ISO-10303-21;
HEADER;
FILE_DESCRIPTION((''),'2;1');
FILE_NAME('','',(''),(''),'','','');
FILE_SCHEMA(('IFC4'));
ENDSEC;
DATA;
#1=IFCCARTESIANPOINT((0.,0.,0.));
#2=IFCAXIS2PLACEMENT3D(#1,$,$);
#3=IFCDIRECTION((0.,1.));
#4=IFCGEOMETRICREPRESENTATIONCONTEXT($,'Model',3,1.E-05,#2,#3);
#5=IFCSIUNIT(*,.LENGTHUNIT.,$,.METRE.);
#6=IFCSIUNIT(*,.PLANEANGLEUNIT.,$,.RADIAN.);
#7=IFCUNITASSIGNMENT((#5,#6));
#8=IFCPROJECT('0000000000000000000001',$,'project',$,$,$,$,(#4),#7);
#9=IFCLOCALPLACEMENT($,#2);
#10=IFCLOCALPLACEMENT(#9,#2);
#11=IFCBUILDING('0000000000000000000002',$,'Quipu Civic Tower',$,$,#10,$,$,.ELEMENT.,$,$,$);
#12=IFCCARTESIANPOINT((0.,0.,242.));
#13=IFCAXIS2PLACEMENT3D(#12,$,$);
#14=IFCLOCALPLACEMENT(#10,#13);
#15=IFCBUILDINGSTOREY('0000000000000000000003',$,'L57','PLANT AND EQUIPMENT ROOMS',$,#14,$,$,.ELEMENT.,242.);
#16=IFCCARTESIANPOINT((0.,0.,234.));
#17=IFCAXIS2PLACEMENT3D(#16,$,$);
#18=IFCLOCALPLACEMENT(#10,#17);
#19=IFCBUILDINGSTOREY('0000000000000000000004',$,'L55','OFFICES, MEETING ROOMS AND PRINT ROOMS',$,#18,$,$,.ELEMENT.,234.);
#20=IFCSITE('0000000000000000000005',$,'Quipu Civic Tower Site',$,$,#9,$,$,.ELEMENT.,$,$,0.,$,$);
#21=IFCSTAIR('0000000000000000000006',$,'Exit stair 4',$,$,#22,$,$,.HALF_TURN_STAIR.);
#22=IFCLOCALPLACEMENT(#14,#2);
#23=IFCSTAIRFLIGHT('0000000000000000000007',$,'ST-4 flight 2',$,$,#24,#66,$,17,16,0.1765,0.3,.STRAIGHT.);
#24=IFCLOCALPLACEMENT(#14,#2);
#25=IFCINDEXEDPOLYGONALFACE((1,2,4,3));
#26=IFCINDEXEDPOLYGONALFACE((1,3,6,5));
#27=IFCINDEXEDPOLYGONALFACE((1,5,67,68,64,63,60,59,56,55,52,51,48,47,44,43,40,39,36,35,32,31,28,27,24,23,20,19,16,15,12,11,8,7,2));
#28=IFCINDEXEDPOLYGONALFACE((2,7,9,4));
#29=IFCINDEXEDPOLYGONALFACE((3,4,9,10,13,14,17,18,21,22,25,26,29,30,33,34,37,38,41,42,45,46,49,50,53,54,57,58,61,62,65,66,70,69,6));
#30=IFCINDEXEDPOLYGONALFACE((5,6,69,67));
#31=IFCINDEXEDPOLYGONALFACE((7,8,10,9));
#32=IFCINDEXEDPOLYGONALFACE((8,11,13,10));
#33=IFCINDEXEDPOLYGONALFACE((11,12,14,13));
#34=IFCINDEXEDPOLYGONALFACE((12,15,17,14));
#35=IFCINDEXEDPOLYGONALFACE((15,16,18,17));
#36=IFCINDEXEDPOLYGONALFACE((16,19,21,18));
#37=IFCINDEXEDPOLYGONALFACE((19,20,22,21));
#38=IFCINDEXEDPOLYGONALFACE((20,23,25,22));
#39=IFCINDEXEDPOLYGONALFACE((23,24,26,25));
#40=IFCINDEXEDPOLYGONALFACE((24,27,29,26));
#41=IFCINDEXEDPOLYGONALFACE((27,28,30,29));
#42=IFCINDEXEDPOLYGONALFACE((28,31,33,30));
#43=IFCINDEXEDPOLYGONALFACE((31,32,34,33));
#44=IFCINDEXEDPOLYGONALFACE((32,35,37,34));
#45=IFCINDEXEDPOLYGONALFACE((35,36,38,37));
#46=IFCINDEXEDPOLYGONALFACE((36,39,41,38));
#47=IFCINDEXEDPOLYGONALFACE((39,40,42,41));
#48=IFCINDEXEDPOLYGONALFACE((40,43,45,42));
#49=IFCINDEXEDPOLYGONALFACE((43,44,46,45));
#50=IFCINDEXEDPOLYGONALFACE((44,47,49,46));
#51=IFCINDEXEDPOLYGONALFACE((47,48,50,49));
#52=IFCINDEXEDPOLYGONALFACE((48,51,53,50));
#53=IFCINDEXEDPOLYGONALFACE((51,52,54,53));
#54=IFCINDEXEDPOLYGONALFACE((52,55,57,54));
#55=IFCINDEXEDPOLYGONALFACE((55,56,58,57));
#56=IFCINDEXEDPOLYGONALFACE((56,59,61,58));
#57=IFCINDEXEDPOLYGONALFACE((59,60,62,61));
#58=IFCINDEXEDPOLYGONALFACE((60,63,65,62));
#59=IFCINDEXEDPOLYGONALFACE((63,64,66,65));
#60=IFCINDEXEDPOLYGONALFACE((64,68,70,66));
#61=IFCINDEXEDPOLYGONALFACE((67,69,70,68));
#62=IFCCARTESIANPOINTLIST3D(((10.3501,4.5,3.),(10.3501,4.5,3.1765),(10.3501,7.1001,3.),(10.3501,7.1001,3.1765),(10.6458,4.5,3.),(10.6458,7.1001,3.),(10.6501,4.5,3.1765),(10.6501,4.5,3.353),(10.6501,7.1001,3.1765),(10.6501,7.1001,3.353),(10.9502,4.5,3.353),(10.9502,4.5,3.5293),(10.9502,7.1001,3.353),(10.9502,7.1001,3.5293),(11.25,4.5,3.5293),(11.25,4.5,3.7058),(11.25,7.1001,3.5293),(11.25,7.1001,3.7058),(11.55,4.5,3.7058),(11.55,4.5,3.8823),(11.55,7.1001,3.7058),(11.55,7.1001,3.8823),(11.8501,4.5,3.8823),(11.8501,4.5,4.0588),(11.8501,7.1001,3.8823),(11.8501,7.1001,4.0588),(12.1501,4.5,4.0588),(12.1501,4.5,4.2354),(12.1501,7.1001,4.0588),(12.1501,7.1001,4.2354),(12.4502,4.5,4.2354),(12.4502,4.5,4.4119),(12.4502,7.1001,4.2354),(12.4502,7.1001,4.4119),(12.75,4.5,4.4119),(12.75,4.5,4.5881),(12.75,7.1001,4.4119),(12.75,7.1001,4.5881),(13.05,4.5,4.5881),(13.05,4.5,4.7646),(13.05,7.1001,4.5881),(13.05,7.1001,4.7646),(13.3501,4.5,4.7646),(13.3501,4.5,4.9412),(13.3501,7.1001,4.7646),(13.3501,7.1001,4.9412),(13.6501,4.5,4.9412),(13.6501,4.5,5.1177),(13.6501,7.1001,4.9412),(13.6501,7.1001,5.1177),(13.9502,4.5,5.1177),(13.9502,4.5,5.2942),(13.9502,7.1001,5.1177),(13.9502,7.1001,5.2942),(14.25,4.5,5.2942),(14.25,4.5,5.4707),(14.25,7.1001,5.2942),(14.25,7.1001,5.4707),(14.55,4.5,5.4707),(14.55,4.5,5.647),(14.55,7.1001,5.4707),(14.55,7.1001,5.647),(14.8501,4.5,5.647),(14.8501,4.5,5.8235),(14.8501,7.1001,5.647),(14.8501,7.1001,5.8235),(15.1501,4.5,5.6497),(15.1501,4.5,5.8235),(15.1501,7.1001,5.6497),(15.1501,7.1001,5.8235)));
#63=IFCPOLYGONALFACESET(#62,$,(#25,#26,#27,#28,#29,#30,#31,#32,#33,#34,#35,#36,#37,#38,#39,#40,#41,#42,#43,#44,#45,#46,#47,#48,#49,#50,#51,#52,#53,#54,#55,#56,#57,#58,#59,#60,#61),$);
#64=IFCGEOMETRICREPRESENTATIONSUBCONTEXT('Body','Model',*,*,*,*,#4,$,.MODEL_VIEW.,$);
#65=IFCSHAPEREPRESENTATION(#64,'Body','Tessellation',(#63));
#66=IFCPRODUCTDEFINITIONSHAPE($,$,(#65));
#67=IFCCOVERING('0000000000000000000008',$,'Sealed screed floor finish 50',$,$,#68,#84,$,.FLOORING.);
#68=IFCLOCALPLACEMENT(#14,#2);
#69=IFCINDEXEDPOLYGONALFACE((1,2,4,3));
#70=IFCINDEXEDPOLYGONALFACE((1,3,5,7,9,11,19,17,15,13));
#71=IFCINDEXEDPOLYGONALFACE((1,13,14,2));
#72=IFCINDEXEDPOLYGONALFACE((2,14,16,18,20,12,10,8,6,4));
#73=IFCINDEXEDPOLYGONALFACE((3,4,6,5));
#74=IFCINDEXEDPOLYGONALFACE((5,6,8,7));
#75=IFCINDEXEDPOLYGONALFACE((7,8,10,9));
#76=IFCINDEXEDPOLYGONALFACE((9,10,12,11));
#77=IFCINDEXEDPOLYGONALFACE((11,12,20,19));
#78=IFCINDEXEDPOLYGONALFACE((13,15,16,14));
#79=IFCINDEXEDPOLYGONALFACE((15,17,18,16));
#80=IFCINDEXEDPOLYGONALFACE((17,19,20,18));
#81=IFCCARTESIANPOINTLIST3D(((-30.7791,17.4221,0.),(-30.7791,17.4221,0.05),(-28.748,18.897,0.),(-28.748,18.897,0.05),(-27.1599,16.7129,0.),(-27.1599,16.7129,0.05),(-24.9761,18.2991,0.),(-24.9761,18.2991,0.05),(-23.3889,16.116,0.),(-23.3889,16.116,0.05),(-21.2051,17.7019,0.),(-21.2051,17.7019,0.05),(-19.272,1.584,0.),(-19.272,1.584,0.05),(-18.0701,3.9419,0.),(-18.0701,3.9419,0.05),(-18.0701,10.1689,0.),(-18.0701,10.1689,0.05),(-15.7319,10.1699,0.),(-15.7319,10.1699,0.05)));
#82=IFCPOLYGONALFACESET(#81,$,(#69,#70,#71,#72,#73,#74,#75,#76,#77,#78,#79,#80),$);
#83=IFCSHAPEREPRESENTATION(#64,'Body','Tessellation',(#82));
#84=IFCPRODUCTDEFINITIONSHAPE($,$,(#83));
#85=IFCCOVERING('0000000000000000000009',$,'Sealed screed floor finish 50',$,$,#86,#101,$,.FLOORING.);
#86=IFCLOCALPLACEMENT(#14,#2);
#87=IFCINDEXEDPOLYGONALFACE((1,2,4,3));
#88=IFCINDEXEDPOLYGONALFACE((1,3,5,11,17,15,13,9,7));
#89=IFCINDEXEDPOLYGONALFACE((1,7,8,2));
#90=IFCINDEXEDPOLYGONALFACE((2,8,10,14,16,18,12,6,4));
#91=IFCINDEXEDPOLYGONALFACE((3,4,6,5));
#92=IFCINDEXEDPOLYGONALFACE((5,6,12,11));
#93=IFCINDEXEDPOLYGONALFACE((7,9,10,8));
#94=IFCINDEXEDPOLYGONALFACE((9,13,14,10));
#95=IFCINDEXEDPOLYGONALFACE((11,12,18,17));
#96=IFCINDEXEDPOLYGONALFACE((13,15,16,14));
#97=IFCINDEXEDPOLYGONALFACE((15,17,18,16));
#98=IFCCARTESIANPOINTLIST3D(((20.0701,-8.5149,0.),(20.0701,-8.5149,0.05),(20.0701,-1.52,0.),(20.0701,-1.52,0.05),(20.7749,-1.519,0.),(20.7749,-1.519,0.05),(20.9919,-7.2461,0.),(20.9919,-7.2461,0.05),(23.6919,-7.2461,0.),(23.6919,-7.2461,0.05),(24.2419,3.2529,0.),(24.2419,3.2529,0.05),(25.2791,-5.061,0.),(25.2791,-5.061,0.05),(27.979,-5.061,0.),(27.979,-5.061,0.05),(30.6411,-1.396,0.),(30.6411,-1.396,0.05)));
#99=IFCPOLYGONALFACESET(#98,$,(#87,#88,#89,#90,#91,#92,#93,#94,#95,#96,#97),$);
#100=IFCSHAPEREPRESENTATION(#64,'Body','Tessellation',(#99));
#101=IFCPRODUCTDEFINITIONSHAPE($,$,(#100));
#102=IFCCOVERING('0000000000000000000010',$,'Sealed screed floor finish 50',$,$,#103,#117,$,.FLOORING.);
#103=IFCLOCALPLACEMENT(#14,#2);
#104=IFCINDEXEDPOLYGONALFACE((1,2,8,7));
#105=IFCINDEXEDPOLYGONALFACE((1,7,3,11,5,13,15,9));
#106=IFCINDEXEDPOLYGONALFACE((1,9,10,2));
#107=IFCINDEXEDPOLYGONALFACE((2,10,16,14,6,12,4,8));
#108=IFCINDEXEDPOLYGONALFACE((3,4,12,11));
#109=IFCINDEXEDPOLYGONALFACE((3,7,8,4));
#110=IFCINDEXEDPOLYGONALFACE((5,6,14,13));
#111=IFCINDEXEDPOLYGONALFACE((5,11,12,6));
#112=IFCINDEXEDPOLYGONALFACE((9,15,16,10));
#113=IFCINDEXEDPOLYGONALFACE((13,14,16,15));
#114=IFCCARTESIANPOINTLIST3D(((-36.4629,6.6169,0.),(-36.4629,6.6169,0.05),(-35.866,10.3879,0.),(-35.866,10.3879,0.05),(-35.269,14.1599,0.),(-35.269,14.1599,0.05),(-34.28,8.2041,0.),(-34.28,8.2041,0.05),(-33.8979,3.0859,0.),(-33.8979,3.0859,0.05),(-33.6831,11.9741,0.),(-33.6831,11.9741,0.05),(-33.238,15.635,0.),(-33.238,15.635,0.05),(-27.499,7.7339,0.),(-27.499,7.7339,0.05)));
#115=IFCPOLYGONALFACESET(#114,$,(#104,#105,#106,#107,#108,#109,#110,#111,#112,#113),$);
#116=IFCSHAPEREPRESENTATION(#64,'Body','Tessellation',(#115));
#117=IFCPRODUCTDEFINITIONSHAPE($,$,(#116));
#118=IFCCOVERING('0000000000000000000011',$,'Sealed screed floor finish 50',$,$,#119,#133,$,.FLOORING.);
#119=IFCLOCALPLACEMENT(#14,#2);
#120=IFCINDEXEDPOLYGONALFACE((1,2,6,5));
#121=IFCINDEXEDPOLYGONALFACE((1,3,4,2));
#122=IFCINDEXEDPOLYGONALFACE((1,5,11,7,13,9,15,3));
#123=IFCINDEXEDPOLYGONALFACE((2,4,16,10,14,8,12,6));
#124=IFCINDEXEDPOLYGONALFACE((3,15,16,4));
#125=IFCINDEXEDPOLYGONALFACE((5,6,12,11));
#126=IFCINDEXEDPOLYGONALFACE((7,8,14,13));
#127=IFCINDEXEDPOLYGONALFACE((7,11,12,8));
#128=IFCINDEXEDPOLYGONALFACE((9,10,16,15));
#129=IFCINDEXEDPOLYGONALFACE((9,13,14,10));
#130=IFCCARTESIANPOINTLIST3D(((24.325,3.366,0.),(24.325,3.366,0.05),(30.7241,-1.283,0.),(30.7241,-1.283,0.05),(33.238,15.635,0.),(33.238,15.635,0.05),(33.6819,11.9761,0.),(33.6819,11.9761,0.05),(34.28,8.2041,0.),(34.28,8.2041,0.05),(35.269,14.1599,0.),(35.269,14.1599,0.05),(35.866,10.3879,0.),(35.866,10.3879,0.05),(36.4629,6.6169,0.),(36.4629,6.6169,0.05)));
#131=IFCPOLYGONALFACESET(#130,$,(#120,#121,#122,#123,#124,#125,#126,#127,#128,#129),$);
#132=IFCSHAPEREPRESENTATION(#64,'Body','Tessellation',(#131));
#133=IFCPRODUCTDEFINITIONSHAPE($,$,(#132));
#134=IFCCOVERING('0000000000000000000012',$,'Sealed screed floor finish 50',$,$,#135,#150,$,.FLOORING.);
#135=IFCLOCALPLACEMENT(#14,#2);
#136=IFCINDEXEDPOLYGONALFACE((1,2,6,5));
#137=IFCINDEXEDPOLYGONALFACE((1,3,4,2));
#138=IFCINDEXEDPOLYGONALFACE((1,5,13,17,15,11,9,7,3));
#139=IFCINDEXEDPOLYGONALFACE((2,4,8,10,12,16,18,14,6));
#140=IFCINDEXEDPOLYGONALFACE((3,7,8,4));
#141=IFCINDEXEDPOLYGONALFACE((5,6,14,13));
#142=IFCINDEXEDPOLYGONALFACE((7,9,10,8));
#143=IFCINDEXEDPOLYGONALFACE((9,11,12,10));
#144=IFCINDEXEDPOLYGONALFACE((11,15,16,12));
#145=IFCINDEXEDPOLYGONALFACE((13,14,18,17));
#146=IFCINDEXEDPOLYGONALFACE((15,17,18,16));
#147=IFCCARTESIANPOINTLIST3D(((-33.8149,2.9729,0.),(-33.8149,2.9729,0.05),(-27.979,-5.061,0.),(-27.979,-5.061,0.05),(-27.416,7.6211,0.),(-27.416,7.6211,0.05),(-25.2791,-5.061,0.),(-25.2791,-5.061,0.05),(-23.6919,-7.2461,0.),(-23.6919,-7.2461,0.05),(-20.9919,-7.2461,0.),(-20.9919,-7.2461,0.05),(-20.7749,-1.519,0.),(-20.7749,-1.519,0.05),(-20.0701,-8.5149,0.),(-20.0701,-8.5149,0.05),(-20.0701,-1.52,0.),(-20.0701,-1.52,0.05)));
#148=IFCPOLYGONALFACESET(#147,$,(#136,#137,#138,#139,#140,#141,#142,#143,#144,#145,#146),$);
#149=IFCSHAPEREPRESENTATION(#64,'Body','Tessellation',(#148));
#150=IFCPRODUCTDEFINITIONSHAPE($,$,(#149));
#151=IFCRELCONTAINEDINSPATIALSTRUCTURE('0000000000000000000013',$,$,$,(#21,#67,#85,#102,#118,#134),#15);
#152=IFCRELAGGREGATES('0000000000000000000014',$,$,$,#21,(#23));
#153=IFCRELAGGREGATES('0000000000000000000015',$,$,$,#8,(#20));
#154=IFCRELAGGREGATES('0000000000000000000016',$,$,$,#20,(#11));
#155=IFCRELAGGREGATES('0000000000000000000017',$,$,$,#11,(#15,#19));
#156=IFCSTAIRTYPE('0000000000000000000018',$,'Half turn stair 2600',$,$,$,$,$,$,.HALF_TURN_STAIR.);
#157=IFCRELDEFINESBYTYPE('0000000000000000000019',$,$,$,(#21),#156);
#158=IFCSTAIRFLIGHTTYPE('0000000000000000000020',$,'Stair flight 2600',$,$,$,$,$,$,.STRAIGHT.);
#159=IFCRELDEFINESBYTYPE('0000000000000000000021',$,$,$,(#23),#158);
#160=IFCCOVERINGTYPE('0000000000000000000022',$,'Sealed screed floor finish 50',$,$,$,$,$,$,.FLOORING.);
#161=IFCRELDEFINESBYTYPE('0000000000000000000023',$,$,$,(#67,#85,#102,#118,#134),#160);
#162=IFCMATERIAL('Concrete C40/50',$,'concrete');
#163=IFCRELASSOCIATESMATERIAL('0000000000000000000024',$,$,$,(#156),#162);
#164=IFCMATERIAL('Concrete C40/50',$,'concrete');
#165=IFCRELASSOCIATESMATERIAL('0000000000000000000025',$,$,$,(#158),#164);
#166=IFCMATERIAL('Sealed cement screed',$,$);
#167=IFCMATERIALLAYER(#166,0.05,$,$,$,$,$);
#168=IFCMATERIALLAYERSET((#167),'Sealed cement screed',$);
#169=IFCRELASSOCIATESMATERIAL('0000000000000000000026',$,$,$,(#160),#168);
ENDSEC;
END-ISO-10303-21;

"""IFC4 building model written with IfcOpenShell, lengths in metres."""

from ifc_helpers import new_model, si_unit, direction, frame, origin, place, context, subcontext, project, spatial, polyline, outline, extrude, material, layer, layer_set, type_object, element, aggregate, save


model = new_model("IFC4")

# Units and contexts
model_context = context("Model", 3, precision=1e-05, world=origin(), true_north=direction((0.0, 1.0)))
body_context = subcontext(model_context, "Body", "Model", "MODEL_VIEW")
ifc_project = project(units=[si_unit("LENGTHUNIT", "METRE"), si_unit("PLANEANGLEUNIT", "RADIAN")], contexts=[model_context])

# Site, building, storey
site_placement = place(None, origin())
site = spatial("IfcSite", under=ifc_project, at=site_placement, Name="Quipu Civic Tower Site", CompositionType="ELEMENT", RefElevation=0.0)
building_placement = place(site_placement, origin())
building = spatial("IfcBuilding", under=site, at=building_placement, Name="Quipu Civic Tower", CompositionType="ELEMENT")
storey_1_placement = place(building_placement, frame((0.0, 0.0, 242.0)))
storey_1 = spatial("IfcBuildingStorey", under=building, at=storey_1_placement, Name="L57", Description="PLANT AND EQUIPMENT ROOMS", CompositionType="ELEMENT", Elevation=242.0)

# Shared definitions
storey_2_placement = place(building_placement, frame((0.0, 0.0, 234.0)))
storey_2 = spatial("IfcBuildingStorey", under=building, at=storey_2_placement, Name="L55", Description="OFFICES, MEETING ROOMS AND PRINT ROOMS", CompositionType="ELEMENT", Elevation=234.0)

# Stair, stair flight
ifc_material_1 = material(Name="Concrete C40/50", Category="concrete")
stair_type = type_object("IfcStairType", Name="Half turn stair 2600", PredefinedType="HALF_TURN_STAIR", material=ifc_material_1)
stair_placement = place(storey_1_placement, origin())
stair = element("IfcStair", 1, at=stair_placement, inside=storey_1, type_object=stair_type, Name="Exit stair 4", PredefinedType="HALF_TURN_STAIR")
ifc_material_2 = material(Name="Concrete C40/50", Category="concrete")
stair_flight_type = type_object("IfcStairFlightType", Name="Stair flight 2600", PredefinedType="STRAIGHT", material=ifc_material_2)
stair_flight_placement = place(storey_1_placement, frame((10.3501, 5.8, 3.0), z_axis=(0.0, 0.0, 1.0), x_axis=(1.0, 0.0, 0.0)))
stair_flight = element("IfcStairFlight", 2, at=stair_flight_placement, type_object=stair_flight_type, Name="ST-4 flight 2", NumberOfRisers=17, NumberOfTreads=16, PredefinedType="STRAIGHT", RiserHeight=0.1765, TreadLength=0.3, context=body_context, shape_type="SweptSolid", body=[
    extrude(outline(polyline([(0.0, 0.0), (0.0, 0.1765), (0.3, 0.1765), (0.3, 0.353), (0.6001, 0.353), (0.6001, 0.5293), (0.8999, 0.5293), (0.8999, 0.7058), (1.2, 0.7058), (1.2, 0.8823), (1.5, 0.8823), (1.5, 1.0588), (1.8, 1.0588), (1.8, 1.2354), (2.1001, 1.2354), (2.1001, 1.4119), (2.3999, 1.4119), (2.3999, 1.5881), (2.7, 1.5881), (2.7, 1.7646), (3.0, 1.7646), (3.0, 1.9412), (3.3, 1.9412), (3.3, 2.1177), (3.6001, 2.1177), (3.6001, 2.2942), (3.8999, 2.2942), (3.8999, 2.4707), (4.2, 2.4707), (4.2, 2.647), (4.5, 2.647), (4.5, 2.8235), (4.8, 2.8235), (4.8, 3.0), (4.8, 2.6497), (0.2957, 0.0), (0.0, 0.0)])), frame((0.0, 1.3, 0.0), z_axis=(0.0, -1.0, 0.0), x_axis=(1.0, 0.0, 0.0)), (0.0, 0.0, 1.0), 2.6001),
])
aggregate(stair, [stair_flight])

# Coverings
ifc_material_3 = material(Name="Sealed cement screed")
ifc_layer_1 = layer(ifc_material_3, 0.05)
ifc_layer_set_1 = layer_set([ifc_layer_1], Name="Sealed cement screed")
covering_type = type_object("IfcCoveringType", Name="Sealed screed floor finish 50", PredefinedType="FLOORING", material=ifc_layer_set_1)
covering_1_placement = place(storey_1_placement, origin())
element("IfcCovering", 3, at=covering_1_placement, inside=storey_1, type_object=covering_type, Name="Sealed screed floor finish 50", PredefinedType="FLOORING", context=body_context, shape_type="SweptSolid", body=[
    extrude(outline(polyline([(-30.7791, 17.4221), (-28.748, 18.897), (-27.1599, 16.7129), (-24.9761, 18.2991), (-23.3889, 16.116), (-21.2051, 17.7019), (-15.7319, 10.1699), (-18.0701, 10.1689), (-18.0701, 3.9419), (-19.272, 1.584), (-30.7791, 17.4221)])), origin(), (0.0, 0.0, 1.0), 0.05),
])
covering_2_placement = place(storey_1_placement, origin())
element("IfcCovering", 4, at=covering_2_placement, inside=storey_1, type_object=covering_type, Name="Sealed screed floor finish 50", PredefinedType="FLOORING", context=body_context, shape_type="SweptSolid", body=[
    extrude(outline(polyline([(20.0701, -8.5149), (20.0701, -1.52), (20.7749, -1.519), (24.2419, 3.2529), (30.6411, -1.396), (27.979, -5.061), (25.2791, -5.061), (23.6919, -7.2461), (20.9919, -7.2461), (20.0701, -8.5149)])), origin(), (0.0, 0.0, 1.0), 0.05),
])
covering_3_placement = place(storey_1_placement, origin())
element("IfcCovering", 5, at=covering_3_placement, inside=storey_1, type_object=covering_type, Name="Sealed screed floor finish 50", PredefinedType="FLOORING", context=body_context, shape_type="SweptSolid", body=[
    extrude(outline(polyline([(-36.4629, 6.6169), (-34.28, 8.2041), (-35.866, 10.3879), (-33.6831, 11.9741), (-35.269, 14.1599), (-33.238, 15.635), (-27.499, 7.7339), (-33.8979, 3.0859), (-36.4629, 6.6169)])), origin(), (0.0, 0.0, 1.0), 0.05),
])
covering_4_placement = place(storey_1_placement, origin())
element("IfcCovering", 6, at=covering_4_placement, inside=storey_1, type_object=covering_type, Name="Sealed screed floor finish 50", PredefinedType="FLOORING", context=body_context, shape_type="SweptSolid", body=[
    extrude(outline(polyline([(24.325, 3.366), (33.238, 15.635), (35.269, 14.1599), (33.6819, 11.9761), (35.866, 10.3879), (34.28, 8.2041), (36.4629, 6.6169), (30.7241, -1.283), (24.325, 3.366)])), origin(), (0.0, 0.0, 1.0), 0.05),
])
covering_5_placement = place(storey_1_placement, origin())
element("IfcCovering", 7, at=covering_5_placement, inside=storey_1, type_object=covering_type, Name="Sealed screed floor finish 50", PredefinedType="FLOORING", context=body_context, shape_type="SweptSolid", body=[
    extrude(outline(polyline([(-33.8149, 2.9729), (-27.416, 7.6211), (-20.7749, -1.519), (-20.0701, -1.52), (-20.0701, -8.5149), (-20.9919, -7.2461), (-23.6919, -7.2461), (-25.2791, -5.061), (-27.979, -5.061), (-33.8149, 2.9729)])), origin(), (0.0, 0.0, 1.0), 0.05),
])

save(model, "model.ifc")
